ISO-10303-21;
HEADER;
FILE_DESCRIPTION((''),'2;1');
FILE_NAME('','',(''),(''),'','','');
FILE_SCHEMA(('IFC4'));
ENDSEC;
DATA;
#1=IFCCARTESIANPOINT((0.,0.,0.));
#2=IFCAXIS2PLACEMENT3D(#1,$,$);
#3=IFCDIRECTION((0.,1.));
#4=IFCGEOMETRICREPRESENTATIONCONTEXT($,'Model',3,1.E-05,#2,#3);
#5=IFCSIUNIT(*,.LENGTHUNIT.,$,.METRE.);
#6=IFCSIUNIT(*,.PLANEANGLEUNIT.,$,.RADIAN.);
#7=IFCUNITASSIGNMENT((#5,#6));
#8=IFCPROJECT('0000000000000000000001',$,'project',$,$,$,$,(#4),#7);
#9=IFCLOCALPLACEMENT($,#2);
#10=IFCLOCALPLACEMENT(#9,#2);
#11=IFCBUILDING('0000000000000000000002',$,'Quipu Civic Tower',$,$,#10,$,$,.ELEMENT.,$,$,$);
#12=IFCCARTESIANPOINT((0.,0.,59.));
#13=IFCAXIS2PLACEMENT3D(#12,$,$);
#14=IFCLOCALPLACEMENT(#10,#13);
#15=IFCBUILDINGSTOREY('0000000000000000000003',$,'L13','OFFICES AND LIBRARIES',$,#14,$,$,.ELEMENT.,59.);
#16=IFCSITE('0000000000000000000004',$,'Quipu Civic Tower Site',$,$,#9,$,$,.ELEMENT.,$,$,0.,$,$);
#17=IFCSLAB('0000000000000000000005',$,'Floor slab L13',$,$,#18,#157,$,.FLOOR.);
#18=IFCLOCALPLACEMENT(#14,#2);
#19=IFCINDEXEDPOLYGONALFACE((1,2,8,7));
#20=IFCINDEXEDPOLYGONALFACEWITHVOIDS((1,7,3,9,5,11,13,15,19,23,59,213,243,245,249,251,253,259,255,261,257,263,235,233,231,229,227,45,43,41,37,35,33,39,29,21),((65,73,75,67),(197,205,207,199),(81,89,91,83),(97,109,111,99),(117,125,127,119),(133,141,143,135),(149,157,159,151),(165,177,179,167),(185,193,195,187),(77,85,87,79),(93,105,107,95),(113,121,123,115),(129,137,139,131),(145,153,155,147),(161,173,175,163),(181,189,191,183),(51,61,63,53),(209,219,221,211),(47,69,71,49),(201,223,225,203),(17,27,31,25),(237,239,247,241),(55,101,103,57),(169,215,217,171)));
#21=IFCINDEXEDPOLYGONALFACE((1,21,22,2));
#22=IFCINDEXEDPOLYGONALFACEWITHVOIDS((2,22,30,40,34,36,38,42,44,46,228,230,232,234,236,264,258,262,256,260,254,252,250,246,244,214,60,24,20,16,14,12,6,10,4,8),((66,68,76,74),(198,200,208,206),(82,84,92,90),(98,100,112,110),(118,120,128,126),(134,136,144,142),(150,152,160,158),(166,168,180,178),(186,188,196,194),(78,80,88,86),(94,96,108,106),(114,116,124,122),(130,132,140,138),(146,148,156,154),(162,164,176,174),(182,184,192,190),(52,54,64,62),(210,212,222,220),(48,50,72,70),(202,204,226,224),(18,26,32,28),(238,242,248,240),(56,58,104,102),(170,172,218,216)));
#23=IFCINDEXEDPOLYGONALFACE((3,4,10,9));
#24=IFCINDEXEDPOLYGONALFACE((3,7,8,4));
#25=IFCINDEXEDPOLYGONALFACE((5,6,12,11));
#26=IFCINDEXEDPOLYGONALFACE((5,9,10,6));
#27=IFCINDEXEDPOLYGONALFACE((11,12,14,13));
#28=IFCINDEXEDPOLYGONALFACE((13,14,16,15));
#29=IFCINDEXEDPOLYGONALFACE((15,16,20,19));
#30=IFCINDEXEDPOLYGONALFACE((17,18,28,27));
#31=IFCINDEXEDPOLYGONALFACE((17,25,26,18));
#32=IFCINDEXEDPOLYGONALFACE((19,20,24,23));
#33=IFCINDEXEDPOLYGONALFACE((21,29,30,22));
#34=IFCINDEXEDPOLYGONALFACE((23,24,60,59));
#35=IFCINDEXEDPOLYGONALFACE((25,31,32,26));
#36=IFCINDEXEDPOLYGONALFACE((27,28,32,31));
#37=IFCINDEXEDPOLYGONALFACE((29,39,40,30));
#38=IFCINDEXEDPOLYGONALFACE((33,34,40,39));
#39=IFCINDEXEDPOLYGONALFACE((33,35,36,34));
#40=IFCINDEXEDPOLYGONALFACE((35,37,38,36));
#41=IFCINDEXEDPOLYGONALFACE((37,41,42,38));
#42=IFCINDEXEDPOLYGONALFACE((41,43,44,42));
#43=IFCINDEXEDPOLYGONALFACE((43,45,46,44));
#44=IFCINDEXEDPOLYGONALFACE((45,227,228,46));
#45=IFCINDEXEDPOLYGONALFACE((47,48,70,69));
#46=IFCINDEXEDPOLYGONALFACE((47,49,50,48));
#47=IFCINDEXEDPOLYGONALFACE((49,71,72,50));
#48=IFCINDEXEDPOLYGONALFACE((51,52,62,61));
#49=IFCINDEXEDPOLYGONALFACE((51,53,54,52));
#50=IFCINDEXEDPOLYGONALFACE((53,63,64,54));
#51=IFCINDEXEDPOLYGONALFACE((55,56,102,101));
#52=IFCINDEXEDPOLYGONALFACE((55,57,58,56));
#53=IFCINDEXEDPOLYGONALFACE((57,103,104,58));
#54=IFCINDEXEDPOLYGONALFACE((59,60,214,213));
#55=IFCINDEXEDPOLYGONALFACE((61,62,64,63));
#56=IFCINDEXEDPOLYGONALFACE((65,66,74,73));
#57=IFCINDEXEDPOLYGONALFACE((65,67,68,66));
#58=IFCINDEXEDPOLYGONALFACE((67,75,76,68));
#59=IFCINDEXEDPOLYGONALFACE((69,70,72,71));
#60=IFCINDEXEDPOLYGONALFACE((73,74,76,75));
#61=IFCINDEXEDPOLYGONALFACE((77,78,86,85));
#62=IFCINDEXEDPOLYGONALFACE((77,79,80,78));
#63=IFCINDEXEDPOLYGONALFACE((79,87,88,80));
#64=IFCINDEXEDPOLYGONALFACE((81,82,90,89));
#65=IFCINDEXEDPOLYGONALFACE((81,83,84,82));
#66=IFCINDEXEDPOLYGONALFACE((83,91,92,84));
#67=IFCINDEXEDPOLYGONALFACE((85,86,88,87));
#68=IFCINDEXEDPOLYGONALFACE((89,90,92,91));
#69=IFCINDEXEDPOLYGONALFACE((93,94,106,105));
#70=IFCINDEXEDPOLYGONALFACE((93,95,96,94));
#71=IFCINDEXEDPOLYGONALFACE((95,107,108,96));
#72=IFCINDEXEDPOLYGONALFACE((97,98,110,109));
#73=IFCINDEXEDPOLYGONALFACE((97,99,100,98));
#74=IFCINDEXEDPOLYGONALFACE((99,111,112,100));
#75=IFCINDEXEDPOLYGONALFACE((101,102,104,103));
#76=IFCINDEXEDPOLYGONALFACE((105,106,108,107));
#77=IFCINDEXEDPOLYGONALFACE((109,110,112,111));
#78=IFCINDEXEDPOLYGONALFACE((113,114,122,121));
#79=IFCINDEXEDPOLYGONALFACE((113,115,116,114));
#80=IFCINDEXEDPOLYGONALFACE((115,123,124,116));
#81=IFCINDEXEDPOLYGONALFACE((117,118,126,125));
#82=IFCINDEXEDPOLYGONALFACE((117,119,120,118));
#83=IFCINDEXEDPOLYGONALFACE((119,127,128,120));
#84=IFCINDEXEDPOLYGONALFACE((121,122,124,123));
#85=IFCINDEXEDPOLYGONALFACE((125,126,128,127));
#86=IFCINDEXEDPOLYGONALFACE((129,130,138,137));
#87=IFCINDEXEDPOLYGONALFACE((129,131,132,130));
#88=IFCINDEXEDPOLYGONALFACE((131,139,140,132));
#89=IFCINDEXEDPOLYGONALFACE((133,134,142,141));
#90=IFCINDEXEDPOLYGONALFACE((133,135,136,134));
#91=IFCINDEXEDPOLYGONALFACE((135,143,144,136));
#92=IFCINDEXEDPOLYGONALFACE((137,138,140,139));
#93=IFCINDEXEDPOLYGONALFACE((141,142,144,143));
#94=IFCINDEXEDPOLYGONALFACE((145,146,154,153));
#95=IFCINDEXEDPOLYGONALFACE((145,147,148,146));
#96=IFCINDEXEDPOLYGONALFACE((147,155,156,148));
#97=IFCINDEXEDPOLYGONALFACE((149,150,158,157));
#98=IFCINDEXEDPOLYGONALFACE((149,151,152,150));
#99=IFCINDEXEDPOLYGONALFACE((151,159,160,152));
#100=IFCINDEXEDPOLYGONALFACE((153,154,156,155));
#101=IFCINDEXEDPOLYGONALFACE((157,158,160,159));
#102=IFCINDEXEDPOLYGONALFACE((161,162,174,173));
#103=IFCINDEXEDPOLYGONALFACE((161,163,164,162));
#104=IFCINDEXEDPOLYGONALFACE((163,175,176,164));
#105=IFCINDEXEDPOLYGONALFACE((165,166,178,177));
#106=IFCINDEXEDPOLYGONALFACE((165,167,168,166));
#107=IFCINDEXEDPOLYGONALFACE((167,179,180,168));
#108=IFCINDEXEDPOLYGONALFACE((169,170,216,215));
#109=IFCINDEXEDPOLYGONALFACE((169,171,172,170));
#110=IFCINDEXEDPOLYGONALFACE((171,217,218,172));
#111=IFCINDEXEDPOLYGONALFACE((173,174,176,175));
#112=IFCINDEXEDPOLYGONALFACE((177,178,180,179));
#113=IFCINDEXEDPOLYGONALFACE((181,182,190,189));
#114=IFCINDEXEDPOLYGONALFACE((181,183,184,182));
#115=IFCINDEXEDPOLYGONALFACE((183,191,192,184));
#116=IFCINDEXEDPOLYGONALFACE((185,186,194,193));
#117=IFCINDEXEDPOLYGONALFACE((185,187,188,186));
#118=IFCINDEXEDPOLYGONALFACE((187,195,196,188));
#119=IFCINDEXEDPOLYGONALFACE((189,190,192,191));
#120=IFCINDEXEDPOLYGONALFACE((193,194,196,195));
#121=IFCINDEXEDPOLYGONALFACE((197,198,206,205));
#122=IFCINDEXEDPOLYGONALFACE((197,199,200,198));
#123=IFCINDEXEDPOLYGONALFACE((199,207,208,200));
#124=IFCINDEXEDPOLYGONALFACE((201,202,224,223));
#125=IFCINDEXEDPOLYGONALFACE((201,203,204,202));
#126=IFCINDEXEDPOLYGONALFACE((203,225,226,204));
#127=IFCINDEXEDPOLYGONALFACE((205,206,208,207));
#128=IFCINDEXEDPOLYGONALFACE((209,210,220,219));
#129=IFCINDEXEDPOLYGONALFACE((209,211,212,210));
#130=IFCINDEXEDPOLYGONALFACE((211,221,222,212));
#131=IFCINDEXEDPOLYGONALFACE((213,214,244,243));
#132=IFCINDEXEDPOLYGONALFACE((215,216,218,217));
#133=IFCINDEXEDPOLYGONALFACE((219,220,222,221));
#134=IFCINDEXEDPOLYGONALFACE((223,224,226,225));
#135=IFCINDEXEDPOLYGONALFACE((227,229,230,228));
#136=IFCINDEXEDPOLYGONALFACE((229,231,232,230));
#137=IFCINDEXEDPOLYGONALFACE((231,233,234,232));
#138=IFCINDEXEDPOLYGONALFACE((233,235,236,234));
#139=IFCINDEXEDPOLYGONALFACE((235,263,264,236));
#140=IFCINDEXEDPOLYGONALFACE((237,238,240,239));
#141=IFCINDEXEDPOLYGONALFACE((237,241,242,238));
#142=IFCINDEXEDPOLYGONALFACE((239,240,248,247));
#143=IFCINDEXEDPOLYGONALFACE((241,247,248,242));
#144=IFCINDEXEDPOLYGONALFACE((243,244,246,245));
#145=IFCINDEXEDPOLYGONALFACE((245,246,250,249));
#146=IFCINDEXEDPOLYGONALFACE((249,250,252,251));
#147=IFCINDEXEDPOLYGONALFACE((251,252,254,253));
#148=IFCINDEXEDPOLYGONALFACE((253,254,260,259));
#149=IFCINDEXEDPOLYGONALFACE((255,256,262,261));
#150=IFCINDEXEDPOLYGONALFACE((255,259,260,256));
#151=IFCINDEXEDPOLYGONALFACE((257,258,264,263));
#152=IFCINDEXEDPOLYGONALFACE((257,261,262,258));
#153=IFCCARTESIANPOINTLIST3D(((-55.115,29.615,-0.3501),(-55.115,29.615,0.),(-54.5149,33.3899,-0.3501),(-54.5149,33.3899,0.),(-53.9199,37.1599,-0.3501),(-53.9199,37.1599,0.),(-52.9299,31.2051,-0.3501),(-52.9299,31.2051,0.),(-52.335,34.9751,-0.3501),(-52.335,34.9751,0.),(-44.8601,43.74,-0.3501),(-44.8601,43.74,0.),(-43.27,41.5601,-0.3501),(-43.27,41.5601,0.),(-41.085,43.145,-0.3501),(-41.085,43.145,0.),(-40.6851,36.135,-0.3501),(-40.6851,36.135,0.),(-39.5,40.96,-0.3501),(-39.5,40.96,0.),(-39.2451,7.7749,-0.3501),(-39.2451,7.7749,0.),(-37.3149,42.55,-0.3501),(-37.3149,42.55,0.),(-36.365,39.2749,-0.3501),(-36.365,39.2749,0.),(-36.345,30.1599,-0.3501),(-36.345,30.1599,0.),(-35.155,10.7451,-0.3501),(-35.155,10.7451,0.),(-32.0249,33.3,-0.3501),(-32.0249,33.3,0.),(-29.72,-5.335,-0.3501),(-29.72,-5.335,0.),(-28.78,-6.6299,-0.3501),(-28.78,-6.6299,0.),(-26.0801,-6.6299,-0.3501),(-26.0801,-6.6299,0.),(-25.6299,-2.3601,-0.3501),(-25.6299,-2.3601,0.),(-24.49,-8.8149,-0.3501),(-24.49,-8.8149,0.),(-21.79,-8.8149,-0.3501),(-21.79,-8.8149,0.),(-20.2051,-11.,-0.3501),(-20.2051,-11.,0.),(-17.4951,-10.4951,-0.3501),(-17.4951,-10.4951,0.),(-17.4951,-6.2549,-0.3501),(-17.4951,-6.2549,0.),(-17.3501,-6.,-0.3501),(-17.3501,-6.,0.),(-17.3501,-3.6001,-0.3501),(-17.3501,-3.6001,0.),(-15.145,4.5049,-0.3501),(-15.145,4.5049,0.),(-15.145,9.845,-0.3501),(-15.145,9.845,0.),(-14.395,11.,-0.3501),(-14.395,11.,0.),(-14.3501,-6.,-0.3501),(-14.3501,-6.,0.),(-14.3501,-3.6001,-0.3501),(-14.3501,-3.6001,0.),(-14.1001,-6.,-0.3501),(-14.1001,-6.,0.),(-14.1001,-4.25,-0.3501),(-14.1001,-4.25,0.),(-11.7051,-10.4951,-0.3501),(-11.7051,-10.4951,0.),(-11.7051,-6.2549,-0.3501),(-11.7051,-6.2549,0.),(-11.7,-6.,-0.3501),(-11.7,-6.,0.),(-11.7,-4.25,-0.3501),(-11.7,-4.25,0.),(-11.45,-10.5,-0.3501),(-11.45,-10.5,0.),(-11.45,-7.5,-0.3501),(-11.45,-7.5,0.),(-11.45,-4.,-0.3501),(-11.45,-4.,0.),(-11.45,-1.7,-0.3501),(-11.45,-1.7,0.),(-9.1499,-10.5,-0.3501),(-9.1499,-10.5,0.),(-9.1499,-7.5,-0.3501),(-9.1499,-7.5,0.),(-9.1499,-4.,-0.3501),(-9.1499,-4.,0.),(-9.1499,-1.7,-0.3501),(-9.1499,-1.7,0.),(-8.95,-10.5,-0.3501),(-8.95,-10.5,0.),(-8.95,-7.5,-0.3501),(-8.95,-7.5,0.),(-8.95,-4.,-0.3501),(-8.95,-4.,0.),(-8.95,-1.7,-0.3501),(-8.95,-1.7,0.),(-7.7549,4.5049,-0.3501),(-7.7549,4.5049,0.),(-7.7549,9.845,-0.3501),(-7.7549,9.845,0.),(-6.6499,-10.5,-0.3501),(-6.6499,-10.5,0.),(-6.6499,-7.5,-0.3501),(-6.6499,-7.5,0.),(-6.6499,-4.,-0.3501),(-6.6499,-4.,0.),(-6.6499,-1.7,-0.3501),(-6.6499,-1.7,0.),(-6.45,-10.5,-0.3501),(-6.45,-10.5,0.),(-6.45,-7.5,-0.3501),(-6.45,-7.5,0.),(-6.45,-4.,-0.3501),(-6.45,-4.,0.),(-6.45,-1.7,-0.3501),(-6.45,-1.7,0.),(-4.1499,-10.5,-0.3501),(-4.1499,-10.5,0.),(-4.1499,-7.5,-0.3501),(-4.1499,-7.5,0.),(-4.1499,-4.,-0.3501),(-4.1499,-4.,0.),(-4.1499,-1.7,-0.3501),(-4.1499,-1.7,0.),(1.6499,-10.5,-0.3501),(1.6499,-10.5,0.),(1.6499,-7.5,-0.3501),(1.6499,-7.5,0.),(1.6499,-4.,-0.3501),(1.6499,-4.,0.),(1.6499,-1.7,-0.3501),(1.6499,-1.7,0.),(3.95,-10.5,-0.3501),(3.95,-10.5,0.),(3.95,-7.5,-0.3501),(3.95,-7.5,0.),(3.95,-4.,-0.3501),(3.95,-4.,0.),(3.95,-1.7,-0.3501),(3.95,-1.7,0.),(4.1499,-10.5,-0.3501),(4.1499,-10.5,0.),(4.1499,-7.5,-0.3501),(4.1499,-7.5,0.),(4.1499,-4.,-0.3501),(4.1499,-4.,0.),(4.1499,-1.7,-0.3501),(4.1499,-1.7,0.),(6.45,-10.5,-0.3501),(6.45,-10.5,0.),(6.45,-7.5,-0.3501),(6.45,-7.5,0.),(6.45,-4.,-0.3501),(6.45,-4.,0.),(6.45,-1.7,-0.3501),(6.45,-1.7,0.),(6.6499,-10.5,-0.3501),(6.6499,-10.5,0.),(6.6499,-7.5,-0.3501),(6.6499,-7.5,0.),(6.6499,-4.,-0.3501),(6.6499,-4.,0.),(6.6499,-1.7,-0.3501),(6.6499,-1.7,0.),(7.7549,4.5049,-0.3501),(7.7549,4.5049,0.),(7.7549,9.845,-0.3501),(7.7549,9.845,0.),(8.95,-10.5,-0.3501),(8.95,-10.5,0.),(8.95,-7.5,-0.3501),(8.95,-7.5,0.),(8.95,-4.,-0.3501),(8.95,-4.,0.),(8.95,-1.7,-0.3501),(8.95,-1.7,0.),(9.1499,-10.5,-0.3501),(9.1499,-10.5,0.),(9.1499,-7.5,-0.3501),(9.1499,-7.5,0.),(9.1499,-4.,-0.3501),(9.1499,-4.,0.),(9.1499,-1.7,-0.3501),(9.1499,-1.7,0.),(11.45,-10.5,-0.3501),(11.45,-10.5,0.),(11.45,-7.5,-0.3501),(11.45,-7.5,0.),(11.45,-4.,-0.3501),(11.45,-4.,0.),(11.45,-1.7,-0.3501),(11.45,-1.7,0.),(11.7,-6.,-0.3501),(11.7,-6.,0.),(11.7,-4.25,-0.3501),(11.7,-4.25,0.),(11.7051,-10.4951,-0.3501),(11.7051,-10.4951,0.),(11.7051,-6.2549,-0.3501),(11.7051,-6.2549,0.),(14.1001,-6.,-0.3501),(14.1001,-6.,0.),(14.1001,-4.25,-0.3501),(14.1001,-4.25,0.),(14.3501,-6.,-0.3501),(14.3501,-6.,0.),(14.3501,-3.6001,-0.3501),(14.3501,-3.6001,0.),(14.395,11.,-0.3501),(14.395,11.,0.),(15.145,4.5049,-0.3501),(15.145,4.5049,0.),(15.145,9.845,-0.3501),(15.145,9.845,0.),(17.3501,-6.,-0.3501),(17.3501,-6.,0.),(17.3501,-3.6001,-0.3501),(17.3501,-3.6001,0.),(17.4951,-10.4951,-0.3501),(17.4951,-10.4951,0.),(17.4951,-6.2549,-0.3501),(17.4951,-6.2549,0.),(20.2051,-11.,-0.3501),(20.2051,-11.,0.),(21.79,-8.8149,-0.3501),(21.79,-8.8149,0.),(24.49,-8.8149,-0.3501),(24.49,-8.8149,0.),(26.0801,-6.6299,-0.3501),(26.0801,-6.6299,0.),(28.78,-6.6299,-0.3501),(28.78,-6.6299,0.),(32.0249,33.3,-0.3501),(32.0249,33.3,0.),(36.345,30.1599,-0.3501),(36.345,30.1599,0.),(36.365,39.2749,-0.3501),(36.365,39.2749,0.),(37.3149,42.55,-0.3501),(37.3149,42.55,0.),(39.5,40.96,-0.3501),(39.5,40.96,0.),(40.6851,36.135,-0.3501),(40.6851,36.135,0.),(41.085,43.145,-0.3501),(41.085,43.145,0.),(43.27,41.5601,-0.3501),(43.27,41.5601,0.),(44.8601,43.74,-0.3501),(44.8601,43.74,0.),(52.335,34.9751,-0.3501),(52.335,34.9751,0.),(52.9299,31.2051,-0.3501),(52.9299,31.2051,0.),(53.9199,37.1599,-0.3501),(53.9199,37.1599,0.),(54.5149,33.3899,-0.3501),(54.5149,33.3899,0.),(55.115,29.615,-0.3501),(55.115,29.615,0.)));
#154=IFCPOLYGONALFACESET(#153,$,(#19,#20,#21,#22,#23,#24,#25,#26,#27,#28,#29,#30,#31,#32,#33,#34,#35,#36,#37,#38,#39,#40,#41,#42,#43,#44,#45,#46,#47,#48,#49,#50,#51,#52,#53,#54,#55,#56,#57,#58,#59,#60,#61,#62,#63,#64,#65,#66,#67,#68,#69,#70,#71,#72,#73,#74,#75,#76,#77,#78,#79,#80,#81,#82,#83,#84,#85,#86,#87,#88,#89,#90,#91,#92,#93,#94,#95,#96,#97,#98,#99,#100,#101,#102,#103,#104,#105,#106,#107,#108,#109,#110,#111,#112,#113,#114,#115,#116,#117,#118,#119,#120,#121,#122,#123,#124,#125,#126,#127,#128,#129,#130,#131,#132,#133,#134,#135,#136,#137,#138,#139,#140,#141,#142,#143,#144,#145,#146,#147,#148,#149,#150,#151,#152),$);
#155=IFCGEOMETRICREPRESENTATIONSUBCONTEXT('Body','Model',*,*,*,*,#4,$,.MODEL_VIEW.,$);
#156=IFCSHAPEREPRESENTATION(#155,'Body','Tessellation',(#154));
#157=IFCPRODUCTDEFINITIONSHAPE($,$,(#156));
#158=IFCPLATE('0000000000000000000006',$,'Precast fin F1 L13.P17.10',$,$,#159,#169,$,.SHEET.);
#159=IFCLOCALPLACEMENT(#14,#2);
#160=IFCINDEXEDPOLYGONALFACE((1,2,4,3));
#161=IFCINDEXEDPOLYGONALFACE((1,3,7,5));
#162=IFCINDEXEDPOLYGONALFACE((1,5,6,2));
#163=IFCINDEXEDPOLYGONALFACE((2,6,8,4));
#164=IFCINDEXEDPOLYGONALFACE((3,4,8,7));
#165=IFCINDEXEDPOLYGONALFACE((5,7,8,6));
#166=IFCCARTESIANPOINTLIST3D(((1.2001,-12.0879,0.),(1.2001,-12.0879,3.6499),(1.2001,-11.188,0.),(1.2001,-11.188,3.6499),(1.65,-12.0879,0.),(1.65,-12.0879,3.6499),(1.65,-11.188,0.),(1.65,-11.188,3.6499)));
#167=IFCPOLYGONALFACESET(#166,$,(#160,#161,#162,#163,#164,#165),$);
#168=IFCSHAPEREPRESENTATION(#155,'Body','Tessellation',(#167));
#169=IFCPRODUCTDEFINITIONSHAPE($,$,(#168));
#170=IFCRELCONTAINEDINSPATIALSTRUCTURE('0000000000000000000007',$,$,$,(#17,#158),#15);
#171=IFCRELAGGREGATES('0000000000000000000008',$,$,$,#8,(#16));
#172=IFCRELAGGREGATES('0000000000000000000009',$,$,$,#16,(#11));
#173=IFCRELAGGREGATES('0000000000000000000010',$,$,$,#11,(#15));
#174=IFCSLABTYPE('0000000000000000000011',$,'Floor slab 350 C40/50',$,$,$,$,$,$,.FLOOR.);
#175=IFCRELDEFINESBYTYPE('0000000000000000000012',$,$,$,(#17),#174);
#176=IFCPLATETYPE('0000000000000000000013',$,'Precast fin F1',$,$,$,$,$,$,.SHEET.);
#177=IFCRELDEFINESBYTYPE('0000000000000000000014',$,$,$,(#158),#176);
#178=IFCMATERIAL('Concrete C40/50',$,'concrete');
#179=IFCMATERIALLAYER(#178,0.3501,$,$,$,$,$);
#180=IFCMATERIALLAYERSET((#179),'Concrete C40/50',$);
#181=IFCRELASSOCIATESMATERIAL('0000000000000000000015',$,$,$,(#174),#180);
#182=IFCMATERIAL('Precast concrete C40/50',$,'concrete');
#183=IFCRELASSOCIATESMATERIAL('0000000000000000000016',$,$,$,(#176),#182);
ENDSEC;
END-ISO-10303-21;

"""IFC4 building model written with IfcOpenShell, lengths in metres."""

from ifc_helpers import new_model, si_unit, direction, frame, origin, origin_2d, place, context, subcontext, project, spatial, polyline, rectangle, outline, extrude, material, layer, layer_set, type_object, element, save


model = new_model("IFC4")

# Units and contexts
model_context = context("Model", 3, precision=1e-05, world=origin(), true_north=direction((0.0, 1.0)))
body_context = subcontext(model_context, "Body", "Model", "MODEL_VIEW")
ifc_project = project(units=[si_unit("LENGTHUNIT", "METRE"), si_unit("PLANEANGLEUNIT", "RADIAN")], contexts=[model_context])

# Site, building, storey
site_placement = place(None, origin())
site = spatial("IfcSite", under=ifc_project, at=site_placement, Name="Quipu Civic Tower Site", CompositionType="ELEMENT", RefElevation=0.0)
building_placement = place(site_placement, origin())
building = spatial("IfcBuilding", under=site, at=building_placement, Name="Quipu Civic Tower", CompositionType="ELEMENT")
storey_placement = place(building_placement, frame((0.0, 0.0, 59.0)))
storey = spatial("IfcBuildingStorey", under=building, at=storey_placement, Name="L13", Description="OFFICES AND LIBRARIES", CompositionType="ELEMENT", Elevation=59.0)

# Slab
ifc_material_1 = material(Name="Concrete C40/50", Category="concrete")
ifc_layer_1 = layer(ifc_material_1, 0.3501)
ifc_layer_set_1 = layer_set([ifc_layer_1], Name="Concrete C40/50")
slab_type_1 = type_object("IfcSlabType", Name="Floor slab 350 C40/50", PredefinedType="FLOOR", material=ifc_layer_set_1)
slab_1_placement = place(storey_placement, frame((0.0, 0.0, -0.3501)))
element("IfcSlab", 1, at=slab_1_placement, inside=storey, type_object=slab_type_1, Name="Floor slab L13", PredefinedType="FLOOR", context=body_context, shape_type="SweptSolid", body=[
    extrude(outline(polyline([(-54.5149, 33.3899), (-52.335, 34.9751), (-53.9199, 37.1599), (-44.8601, 43.74), (-43.27, 41.5601), (-41.085, 43.145), (-39.5, 40.96), (-37.3149, 42.55), (-14.395, 11.0), (14.395, 11.0), (37.3149, 42.55), (39.5, 40.96), (41.085, 43.145), (43.27, 41.5601), (44.8601, 43.74), (53.9199, 37.1599), (52.335, 34.9751), (54.5149, 33.3899), (52.9299, 31.2051), (55.115, 29.615), (28.78, -6.6299), (26.0801, -6.6299), (24.49, -8.8149), (21.79, -8.8149), (20.2051, -11.0), (-20.2051, -11.0), (-21.79, -8.8149), (-24.49, -8.8149), (-26.0801, -6.6299), (-28.78, -6.6299), (-29.72, -5.335), (-25.6299, -2.3601), (-35.155, 10.7451), (-39.2451, 7.7749), (-55.115, 29.615), (-52.9299, 31.2051), (-54.5149, 33.3899)]), holes=[polyline([(-11.45, -7.5), (-11.45, -10.5), (-9.1499, -10.5), (-9.1499, -7.5), (-11.45, -7.5)]), polyline([(-6.6499, -7.5), (-8.95, -7.5), (-8.95, -10.5), (-6.6499, -10.5), (-6.6499, -7.5)]), polyline([(-4.1499, -7.5), (-6.45, -7.5), (-6.45, -10.5), (-4.1499, -10.5), (-4.1499, -7.5)]), polyline([(1.6499, -7.5), (1.6499, -10.5), (3.95, -10.5), (3.95, -7.5), (1.6499, -7.5)]), polyline([(-11.7051, -10.4951), (-11.7051, -6.2549), (-17.4951, -6.2549), (-17.4951, -10.4951), (-11.7051, -10.4951)]), polyline([(-11.7, -4.25), (-14.1001, -4.25), (-14.1001, -6.0), (-11.7, -6.0), (-11.7, -4.25)]), polyline([(-17.3501, -3.6001), (-17.3501, -6.0), (-14.3501, -6.0), (-14.3501, -3.6001), (-17.3501, -3.6001)]), polyline([(-9.1499, -1.7), (-11.45, -1.7), (-11.45, -4.0), (-9.1499, -4.0), (-9.1499, -1.7)]), polyline([(-6.6499, -1.7), (-8.95, -1.7), (-8.95, -4.0), (-6.6499, -4.0), (-6.6499, -1.7)]), polyline([(-6.45, -1.7), (-6.45, -4.0), (-4.1499, -4.0), (-4.1499, -1.7), (-6.45, -1.7)]), polyline([(-7.7549, 4.5049), (-7.7549, 9.845), (-15.145, 9.845), (-15.145, 4.5049), (-7.7549, 4.5049)]), polyline([(-36.365, 39.2749), (-40.6851, 36.135), (-36.345, 30.1599), (-32.0249, 33.3), (-36.365, 39.2749)]), polyline([(4.1499, -7.5), (4.1499, -10.5), (6.45, -10.5), (6.45, -7.5), (4.1499, -7.5)]), polyline([(8.95, -7.5), (6.6499, -7.5), (6.6499, -10.5), (8.95, -10.5), (8.95, -7.5)]), polyline([(11.45, -7.5), (9.1499, -7.5), (9.1499, -10.5), (11.45, -10.5), (11.45, -7.5)]), polyline([(11.7051, -10.4951), (17.4951, -10.4951), (17.4951, -6.2549), (11.7051, -6.2549), (11.7051, -10.4951)]), polyline([(14.1001, -4.25), (11.7, -4.25), (11.7, -6.0), (14.1001, -6.0), (14.1001, -4.25)]), polyline([(17.3501, -3.6001), (14.3501, -3.6001), (14.3501, -6.0), (17.3501, -6.0), (17.3501, -3.6001)]), polyline([(1.6499, -1.7), (1.6499, -4.0), (3.95, -4.0), (3.95, -1.7), (1.6499, -1.7)]), polyline([(6.45, -1.7), (4.1499, -1.7), (4.1499, -4.0), (6.45, -4.0), (6.45, -1.7)]), polyline([(8.95, -1.7), (6.6499, -1.7), (6.6499, -4.0), (8.95, -4.0), (8.95, -1.7)]), polyline([(9.1499, -1.7), (9.1499, -4.0), (11.45, -4.0), (11.45, -1.7), (9.1499, -1.7)]), polyline([(7.7549, 9.845), (7.7549, 4.5049), (15.145, 4.5049), (15.145, 9.845), (7.7549, 9.845)]), polyline([(40.6851, 36.135), (36.365, 39.2749), (32.0249, 33.3), (36.345, 30.1599), (40.6851, 36.135)])]), origin(), (0.0, 0.0, 1.0), 0.3501),
])

# Plate
ifc_material_2 = material(Name="Precast concrete C40/50", Category="concrete")
plate_type = type_object("IfcPlateType", Name="Precast fin F1", PredefinedType="SHEET", material=ifc_material_2)
plate_placement = place(storey_placement, frame((1.425, -11.6379, 0.0), z_axis=(0.0, 0.0, 1.0), x_axis=(1.0, 0.0, 0.0)))
element("IfcPlate", 2, at=plate_placement, inside=storey, type_object=plate_type, Name="Precast fin F1 L13.P17.10", PredefinedType="SHEET", context=body_context, shape_type="SweptSolid", body=[
    extrude(rectangle(XDim=0.45, YDim=0.8999, at=origin_2d()), origin(), (0.0, 0.0, 1.0), 3.6499),
])

save(model, "model.ifc")
